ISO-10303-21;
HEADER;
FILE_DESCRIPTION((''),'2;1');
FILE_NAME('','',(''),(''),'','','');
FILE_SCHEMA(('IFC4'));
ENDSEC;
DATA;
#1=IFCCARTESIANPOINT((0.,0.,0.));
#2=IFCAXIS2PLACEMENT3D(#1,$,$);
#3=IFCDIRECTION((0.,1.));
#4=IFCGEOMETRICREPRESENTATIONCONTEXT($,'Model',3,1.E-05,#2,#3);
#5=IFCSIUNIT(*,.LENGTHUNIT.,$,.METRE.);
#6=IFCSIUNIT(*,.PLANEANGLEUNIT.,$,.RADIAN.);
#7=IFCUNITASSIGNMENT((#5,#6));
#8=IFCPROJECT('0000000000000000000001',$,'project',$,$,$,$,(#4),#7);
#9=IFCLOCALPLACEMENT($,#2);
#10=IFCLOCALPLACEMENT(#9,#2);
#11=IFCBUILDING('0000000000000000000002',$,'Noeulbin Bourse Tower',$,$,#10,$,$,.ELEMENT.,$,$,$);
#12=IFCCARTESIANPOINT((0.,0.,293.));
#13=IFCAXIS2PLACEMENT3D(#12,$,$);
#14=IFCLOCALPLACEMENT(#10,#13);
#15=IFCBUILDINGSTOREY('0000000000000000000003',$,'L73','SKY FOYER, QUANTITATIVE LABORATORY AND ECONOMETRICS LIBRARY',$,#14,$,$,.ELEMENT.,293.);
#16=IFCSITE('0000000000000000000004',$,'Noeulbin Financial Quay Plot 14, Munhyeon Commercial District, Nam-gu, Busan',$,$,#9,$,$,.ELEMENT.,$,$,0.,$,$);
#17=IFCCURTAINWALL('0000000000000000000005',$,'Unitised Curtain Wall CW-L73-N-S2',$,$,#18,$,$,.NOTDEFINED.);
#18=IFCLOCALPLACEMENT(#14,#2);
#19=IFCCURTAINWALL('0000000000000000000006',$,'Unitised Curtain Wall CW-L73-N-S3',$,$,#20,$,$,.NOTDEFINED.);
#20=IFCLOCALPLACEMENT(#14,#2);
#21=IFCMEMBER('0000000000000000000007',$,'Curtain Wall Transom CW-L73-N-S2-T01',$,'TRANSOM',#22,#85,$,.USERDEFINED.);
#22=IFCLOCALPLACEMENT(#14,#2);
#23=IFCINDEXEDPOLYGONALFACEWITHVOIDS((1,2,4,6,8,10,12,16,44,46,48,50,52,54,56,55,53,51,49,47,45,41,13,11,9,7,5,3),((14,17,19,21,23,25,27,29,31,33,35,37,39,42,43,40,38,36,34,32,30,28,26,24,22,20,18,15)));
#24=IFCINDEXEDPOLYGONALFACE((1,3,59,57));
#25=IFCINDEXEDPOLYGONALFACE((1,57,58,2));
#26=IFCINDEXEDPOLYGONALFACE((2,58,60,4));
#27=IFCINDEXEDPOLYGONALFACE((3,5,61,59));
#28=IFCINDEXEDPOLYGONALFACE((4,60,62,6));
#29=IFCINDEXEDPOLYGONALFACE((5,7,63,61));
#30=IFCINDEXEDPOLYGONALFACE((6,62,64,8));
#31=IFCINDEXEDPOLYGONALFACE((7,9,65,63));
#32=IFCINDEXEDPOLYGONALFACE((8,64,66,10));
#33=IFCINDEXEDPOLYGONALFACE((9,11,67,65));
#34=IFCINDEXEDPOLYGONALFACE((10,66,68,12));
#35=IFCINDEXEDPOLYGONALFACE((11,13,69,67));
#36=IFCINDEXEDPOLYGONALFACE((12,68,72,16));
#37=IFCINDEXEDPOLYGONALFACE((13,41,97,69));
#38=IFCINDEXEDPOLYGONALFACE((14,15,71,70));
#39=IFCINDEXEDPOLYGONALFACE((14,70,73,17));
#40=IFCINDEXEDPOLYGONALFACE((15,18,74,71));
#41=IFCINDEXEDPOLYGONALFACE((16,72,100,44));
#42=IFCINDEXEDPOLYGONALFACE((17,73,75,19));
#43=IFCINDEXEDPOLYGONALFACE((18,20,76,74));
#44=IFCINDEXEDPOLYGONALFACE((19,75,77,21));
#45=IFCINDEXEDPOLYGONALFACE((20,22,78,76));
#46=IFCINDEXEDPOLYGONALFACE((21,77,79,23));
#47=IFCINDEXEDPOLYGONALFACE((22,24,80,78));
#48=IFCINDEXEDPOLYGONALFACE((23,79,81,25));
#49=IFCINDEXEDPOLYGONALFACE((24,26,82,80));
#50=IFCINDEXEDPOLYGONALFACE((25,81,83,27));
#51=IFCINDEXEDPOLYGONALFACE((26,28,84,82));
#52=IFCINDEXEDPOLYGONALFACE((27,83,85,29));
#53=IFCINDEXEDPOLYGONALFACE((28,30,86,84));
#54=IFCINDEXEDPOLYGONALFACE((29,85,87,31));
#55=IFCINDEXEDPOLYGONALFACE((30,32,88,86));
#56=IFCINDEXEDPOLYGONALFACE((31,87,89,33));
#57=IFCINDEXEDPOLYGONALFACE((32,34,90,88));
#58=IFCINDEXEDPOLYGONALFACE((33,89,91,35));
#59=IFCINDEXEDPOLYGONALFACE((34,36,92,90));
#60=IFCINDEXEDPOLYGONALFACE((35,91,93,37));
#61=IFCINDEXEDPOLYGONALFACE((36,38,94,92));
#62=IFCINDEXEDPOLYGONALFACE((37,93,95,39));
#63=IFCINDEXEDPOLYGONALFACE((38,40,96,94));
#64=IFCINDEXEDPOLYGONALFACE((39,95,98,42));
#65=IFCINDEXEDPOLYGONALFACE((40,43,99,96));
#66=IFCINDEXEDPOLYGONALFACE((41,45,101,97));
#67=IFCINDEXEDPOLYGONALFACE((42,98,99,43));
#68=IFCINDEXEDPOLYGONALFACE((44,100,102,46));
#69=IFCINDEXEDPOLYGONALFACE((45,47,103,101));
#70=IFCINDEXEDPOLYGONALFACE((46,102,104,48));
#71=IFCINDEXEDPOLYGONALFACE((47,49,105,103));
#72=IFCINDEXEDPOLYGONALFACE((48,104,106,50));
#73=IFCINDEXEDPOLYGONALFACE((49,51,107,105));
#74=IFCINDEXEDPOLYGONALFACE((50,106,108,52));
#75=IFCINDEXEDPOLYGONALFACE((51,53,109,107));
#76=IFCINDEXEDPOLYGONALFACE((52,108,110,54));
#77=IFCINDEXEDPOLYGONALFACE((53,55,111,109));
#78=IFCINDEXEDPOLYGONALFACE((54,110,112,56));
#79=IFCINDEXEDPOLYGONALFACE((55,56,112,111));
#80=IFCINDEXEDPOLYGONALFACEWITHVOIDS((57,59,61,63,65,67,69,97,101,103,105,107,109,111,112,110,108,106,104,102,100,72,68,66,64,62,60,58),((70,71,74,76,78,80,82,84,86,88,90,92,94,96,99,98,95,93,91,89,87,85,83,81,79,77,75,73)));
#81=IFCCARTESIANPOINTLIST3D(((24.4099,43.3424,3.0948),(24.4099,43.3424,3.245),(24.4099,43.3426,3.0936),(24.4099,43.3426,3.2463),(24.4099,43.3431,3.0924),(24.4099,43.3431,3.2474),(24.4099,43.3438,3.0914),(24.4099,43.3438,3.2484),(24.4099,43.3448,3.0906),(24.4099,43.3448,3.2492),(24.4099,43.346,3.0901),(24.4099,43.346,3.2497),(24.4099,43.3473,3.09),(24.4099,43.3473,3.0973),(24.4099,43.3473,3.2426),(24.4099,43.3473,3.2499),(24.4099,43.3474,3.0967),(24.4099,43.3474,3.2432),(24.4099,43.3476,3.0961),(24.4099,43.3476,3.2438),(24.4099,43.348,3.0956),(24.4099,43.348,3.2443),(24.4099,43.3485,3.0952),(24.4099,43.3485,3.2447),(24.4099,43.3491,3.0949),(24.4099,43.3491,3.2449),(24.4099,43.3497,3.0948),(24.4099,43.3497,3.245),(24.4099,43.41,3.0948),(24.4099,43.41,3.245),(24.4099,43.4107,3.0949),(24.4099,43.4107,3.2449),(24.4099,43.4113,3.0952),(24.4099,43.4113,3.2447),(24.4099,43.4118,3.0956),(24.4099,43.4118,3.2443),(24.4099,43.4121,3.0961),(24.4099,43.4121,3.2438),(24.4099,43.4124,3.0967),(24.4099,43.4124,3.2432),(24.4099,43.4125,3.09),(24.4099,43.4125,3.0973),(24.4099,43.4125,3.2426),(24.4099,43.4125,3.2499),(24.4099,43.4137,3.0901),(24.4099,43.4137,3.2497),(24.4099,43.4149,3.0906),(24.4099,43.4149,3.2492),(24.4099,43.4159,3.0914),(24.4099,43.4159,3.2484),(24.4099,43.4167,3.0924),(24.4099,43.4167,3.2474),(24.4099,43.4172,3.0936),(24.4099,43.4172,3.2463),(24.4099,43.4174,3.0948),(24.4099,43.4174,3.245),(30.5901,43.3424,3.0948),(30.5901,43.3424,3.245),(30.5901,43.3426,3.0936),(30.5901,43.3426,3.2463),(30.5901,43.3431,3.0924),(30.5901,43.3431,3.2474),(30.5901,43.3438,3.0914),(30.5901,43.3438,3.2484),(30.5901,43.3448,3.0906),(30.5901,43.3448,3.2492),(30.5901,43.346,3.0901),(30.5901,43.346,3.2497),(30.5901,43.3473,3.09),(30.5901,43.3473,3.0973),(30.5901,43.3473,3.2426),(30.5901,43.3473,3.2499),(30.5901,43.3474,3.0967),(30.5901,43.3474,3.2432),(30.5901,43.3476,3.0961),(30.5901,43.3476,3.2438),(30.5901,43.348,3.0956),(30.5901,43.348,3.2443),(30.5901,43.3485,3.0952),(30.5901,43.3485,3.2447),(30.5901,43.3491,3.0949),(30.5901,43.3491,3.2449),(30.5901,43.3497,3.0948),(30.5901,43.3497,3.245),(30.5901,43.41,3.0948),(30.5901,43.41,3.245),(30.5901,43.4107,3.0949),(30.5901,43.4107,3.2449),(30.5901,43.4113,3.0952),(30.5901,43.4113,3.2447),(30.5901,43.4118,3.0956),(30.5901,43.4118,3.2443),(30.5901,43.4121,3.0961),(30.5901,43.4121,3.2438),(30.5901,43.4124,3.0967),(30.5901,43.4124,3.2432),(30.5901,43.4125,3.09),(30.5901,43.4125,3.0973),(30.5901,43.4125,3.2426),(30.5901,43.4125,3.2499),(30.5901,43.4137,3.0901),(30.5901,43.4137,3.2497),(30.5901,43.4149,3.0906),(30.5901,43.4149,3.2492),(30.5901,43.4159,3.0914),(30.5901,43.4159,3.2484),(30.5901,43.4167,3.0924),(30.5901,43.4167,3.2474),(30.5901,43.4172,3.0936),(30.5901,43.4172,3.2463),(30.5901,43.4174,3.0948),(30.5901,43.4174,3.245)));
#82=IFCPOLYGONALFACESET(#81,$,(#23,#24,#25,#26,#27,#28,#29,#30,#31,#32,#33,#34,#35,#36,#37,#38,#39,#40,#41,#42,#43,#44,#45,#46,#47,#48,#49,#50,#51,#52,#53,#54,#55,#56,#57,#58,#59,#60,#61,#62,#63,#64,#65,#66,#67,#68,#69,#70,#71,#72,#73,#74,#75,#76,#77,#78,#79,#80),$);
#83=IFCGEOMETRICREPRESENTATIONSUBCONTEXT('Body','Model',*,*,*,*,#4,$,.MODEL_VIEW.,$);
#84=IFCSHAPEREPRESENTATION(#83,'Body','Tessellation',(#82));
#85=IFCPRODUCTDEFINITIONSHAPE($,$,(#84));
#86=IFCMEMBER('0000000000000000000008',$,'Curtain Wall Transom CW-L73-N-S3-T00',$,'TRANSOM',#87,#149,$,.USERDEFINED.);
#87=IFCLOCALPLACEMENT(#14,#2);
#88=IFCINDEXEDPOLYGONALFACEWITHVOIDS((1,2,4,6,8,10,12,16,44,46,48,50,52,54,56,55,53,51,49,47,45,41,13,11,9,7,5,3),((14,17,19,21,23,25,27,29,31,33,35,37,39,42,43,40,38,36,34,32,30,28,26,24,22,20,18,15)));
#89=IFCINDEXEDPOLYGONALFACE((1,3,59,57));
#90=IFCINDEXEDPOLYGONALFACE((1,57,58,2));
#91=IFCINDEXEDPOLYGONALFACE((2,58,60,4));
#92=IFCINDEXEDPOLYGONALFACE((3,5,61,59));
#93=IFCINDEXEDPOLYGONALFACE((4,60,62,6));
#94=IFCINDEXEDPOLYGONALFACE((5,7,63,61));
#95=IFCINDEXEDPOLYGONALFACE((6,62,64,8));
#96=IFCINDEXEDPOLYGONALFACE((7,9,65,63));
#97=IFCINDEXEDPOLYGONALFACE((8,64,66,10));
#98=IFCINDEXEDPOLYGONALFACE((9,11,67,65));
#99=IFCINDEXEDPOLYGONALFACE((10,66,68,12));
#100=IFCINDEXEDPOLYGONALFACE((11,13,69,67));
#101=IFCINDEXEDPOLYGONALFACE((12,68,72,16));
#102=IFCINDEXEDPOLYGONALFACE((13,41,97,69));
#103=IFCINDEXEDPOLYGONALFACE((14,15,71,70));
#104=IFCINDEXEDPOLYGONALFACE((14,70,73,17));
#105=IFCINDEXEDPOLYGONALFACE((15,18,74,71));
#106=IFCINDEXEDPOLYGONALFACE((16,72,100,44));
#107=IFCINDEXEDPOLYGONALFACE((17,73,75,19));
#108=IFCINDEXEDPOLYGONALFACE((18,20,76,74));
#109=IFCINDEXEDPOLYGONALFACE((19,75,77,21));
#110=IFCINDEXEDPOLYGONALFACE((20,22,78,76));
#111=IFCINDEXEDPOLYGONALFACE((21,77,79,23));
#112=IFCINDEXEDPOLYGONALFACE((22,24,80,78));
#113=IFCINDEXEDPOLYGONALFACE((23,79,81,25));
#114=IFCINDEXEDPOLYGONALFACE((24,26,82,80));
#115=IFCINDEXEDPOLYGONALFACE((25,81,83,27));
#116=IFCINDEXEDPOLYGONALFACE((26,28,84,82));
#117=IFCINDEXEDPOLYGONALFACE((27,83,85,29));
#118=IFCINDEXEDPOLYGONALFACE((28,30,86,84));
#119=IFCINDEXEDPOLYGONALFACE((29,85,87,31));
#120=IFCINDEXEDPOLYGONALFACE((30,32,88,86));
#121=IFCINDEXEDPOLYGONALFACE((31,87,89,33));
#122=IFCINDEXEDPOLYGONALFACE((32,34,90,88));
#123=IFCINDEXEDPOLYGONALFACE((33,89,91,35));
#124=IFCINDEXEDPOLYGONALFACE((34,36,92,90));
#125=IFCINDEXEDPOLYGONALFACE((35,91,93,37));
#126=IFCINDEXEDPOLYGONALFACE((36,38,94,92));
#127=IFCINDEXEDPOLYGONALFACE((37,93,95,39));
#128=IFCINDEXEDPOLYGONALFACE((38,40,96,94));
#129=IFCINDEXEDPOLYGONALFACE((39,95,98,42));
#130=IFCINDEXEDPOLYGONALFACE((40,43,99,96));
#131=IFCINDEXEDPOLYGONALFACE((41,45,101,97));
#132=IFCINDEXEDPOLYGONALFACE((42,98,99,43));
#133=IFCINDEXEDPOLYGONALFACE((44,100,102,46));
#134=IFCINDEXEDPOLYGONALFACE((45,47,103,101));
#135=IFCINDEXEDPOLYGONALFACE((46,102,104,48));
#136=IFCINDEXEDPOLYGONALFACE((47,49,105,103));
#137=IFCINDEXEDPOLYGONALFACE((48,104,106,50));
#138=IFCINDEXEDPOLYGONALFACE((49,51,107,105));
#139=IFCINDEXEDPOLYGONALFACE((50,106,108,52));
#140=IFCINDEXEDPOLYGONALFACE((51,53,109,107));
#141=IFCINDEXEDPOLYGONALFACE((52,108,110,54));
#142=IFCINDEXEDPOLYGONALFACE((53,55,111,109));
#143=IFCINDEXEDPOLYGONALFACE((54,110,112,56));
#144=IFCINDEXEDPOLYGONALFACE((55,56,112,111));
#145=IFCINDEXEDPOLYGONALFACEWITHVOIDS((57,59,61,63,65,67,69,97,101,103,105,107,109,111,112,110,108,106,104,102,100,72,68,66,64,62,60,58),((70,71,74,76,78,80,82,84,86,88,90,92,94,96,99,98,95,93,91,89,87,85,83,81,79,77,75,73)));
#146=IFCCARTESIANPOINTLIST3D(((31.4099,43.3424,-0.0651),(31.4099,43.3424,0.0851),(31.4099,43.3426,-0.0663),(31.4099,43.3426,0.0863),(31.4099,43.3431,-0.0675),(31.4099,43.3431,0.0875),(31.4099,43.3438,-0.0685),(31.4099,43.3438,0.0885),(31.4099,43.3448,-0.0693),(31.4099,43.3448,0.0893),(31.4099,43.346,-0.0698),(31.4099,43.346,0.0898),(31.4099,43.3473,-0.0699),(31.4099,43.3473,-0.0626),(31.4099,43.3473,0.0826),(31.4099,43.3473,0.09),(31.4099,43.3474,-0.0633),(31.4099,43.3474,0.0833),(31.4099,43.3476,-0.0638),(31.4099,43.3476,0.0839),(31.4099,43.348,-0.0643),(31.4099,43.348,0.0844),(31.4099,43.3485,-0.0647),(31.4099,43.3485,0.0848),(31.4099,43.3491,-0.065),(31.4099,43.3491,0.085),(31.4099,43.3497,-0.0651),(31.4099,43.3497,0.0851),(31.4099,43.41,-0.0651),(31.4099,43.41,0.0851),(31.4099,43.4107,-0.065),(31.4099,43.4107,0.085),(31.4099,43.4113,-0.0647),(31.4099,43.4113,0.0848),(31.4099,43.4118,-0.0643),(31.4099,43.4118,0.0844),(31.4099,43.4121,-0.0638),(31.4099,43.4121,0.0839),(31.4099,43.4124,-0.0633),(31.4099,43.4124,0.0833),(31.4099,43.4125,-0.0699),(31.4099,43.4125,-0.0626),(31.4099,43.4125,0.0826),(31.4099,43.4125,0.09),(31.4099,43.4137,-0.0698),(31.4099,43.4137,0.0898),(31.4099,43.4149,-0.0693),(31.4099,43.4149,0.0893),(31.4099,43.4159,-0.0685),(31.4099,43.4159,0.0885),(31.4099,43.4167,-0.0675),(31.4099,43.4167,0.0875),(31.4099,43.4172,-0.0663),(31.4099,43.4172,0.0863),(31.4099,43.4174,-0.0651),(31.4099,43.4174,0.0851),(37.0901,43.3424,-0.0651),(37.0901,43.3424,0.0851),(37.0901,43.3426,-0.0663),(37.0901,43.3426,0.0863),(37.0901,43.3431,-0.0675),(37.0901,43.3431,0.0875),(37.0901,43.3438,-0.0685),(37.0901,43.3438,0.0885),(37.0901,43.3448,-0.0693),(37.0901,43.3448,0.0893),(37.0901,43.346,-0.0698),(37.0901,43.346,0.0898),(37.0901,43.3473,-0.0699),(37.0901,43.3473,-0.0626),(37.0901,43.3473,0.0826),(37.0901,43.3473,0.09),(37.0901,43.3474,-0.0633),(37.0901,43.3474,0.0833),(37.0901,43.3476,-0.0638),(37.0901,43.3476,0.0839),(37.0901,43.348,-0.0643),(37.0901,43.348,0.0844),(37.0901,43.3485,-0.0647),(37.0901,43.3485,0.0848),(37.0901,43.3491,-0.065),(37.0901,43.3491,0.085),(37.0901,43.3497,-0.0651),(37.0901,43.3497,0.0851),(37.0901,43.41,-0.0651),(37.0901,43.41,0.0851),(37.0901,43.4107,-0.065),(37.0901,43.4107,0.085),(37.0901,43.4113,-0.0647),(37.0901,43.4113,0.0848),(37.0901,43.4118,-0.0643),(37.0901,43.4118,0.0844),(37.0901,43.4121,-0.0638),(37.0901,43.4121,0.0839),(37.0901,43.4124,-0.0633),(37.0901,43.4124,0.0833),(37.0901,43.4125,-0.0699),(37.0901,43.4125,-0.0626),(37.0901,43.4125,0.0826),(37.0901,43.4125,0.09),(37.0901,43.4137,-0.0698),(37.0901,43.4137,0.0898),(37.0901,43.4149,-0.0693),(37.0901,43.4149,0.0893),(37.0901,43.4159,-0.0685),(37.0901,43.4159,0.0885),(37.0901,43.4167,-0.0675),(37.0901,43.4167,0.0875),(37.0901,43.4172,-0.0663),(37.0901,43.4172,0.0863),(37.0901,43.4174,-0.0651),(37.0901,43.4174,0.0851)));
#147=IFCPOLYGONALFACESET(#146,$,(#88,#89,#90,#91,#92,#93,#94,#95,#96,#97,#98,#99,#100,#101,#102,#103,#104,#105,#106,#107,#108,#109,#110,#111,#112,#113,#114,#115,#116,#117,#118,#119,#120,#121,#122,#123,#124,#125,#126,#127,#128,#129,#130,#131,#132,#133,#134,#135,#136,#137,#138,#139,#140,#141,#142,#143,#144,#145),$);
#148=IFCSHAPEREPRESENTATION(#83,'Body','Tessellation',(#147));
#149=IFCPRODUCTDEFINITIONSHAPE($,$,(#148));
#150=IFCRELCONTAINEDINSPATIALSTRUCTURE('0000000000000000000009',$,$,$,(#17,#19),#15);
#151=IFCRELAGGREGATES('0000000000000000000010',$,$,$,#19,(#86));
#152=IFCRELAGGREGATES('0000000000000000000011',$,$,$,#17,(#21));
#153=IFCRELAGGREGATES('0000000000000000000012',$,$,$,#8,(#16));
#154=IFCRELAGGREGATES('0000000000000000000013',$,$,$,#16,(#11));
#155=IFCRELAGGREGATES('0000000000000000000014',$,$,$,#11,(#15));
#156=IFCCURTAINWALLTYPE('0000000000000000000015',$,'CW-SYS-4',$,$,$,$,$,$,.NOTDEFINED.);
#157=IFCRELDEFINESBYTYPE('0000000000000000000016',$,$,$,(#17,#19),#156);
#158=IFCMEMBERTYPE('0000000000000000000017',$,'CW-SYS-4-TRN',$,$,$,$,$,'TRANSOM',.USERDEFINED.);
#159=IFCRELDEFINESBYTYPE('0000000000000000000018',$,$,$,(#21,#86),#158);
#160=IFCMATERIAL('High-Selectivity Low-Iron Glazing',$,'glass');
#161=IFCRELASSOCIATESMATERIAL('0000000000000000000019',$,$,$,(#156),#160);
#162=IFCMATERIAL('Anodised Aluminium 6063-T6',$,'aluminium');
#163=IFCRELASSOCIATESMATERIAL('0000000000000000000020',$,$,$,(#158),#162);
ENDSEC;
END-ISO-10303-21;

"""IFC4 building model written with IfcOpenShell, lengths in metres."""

from ifc_helpers import new_model, si_unit, direction, frame, origin, origin_2d, place, context, subcontext, project, spatial, hollow_rectangle, extrude, material, material_profile, profile_set, type_object, element, aggregate, save


model = new_model("IFC4")

# Units and contexts
model_context = context("Model", 3, precision=1e-05, world=origin(), true_north=direction((0.0, 1.0)))
body_context = subcontext(model_context, "Body", "Model", "MODEL_VIEW")
ifc_project = project(units=[si_unit("LENGTHUNIT", "METRE"), si_unit("PLANEANGLEUNIT", "RADIAN")], contexts=[model_context])

# Site, building, storey
site_placement = place(None, origin())
site = spatial("IfcSite", under=ifc_project, at=site_placement, Name="Noeulbin Financial Quay Plot 14, Munhyeon Commercial District, Nam-gu, Busan", CompositionType="ELEMENT", RefElevation=0.0)
building_placement = place(site_placement, origin())
building = spatial("IfcBuilding", under=site, at=building_placement, Name="Noeulbin Bourse Tower", CompositionType="ELEMENT")
storey_placement = place(building_placement, frame((0.0, 0.0, 293.0)))
storey = spatial("IfcBuildingStorey", under=building, at=storey_placement, Name="L73", Description="SKY FOYER, QUANTITATIVE LABORATORY AND ECONOMETRICS LIBRARY", CompositionType="ELEMENT", Elevation=293.0)

# Curtain wall
ifc_material_1 = material(Name="High-Selectivity Low-Iron Glazing", Category="glass")
curtain_wall_type = type_object("IfcCurtainWallType", Name="CW-SYS-4", PredefinedType="NOTDEFINED", material=ifc_material_1)
ifc_material_2 = material(Name="Anodised Aluminium 6063-T6", Category="aluminium")
curtain_wall_1_placement = place(storey_placement, origin())
curtain_wall_1 = element("IfcCurtainWall", 1, at=curtain_wall_1_placement, inside=storey, type_object=curtain_wall_type, Name="Unitised Curtain Wall CW-L73-N-S2", PredefinedType="NOTDEFINED")

# Curtain wall
curtain_wall_2_placement = place(storey_placement, origin())
curtain_wall_2 = element("IfcCurtainWall", 2, at=curtain_wall_2_placement, inside=storey, type_object=curtain_wall_type, Name="Unitised Curtain Wall CW-L73-N-S3", PredefinedType="NOTDEFINED")

# Members
ifc_material_profile_1 = material_profile(ifc_material_2, hollow_rectangle(XDim=0.075, YDim=0.1599, WallThickness=0.0049, InnerFilletRadius=0.0024, OuterFilletRadius=0.0049, at=origin_2d()), Name="ALU-TRAN-75x160x5", Category="LoadBearing")
ifc_profile_set_1 = profile_set([ifc_material_profile_1], Name="Anodised Aluminium 6063-T6")
member_type_1 = type_object("IfcMemberType", Name="CW-SYS-4-TRN", ElementType="TRANSOM", PredefinedType="USERDEFINED", material=ifc_profile_set_1)
member_1_placement = place(storey_placement, frame((24.4099, 43.3799, 3.1699), z_axis=(1.0, 0.0, 0.0), x_axis=(0.0, 1.0, 0.0)))
member_1 = element("IfcMember", 3, at=member_1_placement, type_object=member_type_1, Name="Curtain Wall Transom CW-L73-N-S2-T01", ObjectType="TRANSOM", PredefinedType="USERDEFINED", context=body_context, shape_type="SweptSolid", body=[
    extrude(hollow_rectangle(XDim=0.075, YDim=0.1599, WallThickness=0.0049, InnerFilletRadius=0.0024, OuterFilletRadius=0.0049, at=origin_2d()), origin(), (0.0, 0.0, 1.0), 6.1802),
])
member_2_placement = place(storey_placement, frame((31.4099, 43.3799, 0.01), z_axis=(1.0, 0.0, 0.0), x_axis=(0.0, 1.0, 0.0)))
member_2 = element("IfcMember", 4, at=member_2_placement, type_object=member_type_1, Name="Curtain Wall Transom CW-L73-N-S3-T00", ObjectType="TRANSOM", PredefinedType="USERDEFINED", context=body_context, shape_type="SweptSolid", body=[
    extrude(hollow_rectangle(XDim=0.075, YDim=0.1599, WallThickness=0.0049, InnerFilletRadius=0.0024, OuterFilletRadius=0.0049, at=origin_2d()), origin(), (0.0, 0.0, 1.0), 5.6802),
])
aggregate(curtain_wall_2, [member_2])

aggregate(curtain_wall_1, [member_1])

save(model, "model.ifc")
